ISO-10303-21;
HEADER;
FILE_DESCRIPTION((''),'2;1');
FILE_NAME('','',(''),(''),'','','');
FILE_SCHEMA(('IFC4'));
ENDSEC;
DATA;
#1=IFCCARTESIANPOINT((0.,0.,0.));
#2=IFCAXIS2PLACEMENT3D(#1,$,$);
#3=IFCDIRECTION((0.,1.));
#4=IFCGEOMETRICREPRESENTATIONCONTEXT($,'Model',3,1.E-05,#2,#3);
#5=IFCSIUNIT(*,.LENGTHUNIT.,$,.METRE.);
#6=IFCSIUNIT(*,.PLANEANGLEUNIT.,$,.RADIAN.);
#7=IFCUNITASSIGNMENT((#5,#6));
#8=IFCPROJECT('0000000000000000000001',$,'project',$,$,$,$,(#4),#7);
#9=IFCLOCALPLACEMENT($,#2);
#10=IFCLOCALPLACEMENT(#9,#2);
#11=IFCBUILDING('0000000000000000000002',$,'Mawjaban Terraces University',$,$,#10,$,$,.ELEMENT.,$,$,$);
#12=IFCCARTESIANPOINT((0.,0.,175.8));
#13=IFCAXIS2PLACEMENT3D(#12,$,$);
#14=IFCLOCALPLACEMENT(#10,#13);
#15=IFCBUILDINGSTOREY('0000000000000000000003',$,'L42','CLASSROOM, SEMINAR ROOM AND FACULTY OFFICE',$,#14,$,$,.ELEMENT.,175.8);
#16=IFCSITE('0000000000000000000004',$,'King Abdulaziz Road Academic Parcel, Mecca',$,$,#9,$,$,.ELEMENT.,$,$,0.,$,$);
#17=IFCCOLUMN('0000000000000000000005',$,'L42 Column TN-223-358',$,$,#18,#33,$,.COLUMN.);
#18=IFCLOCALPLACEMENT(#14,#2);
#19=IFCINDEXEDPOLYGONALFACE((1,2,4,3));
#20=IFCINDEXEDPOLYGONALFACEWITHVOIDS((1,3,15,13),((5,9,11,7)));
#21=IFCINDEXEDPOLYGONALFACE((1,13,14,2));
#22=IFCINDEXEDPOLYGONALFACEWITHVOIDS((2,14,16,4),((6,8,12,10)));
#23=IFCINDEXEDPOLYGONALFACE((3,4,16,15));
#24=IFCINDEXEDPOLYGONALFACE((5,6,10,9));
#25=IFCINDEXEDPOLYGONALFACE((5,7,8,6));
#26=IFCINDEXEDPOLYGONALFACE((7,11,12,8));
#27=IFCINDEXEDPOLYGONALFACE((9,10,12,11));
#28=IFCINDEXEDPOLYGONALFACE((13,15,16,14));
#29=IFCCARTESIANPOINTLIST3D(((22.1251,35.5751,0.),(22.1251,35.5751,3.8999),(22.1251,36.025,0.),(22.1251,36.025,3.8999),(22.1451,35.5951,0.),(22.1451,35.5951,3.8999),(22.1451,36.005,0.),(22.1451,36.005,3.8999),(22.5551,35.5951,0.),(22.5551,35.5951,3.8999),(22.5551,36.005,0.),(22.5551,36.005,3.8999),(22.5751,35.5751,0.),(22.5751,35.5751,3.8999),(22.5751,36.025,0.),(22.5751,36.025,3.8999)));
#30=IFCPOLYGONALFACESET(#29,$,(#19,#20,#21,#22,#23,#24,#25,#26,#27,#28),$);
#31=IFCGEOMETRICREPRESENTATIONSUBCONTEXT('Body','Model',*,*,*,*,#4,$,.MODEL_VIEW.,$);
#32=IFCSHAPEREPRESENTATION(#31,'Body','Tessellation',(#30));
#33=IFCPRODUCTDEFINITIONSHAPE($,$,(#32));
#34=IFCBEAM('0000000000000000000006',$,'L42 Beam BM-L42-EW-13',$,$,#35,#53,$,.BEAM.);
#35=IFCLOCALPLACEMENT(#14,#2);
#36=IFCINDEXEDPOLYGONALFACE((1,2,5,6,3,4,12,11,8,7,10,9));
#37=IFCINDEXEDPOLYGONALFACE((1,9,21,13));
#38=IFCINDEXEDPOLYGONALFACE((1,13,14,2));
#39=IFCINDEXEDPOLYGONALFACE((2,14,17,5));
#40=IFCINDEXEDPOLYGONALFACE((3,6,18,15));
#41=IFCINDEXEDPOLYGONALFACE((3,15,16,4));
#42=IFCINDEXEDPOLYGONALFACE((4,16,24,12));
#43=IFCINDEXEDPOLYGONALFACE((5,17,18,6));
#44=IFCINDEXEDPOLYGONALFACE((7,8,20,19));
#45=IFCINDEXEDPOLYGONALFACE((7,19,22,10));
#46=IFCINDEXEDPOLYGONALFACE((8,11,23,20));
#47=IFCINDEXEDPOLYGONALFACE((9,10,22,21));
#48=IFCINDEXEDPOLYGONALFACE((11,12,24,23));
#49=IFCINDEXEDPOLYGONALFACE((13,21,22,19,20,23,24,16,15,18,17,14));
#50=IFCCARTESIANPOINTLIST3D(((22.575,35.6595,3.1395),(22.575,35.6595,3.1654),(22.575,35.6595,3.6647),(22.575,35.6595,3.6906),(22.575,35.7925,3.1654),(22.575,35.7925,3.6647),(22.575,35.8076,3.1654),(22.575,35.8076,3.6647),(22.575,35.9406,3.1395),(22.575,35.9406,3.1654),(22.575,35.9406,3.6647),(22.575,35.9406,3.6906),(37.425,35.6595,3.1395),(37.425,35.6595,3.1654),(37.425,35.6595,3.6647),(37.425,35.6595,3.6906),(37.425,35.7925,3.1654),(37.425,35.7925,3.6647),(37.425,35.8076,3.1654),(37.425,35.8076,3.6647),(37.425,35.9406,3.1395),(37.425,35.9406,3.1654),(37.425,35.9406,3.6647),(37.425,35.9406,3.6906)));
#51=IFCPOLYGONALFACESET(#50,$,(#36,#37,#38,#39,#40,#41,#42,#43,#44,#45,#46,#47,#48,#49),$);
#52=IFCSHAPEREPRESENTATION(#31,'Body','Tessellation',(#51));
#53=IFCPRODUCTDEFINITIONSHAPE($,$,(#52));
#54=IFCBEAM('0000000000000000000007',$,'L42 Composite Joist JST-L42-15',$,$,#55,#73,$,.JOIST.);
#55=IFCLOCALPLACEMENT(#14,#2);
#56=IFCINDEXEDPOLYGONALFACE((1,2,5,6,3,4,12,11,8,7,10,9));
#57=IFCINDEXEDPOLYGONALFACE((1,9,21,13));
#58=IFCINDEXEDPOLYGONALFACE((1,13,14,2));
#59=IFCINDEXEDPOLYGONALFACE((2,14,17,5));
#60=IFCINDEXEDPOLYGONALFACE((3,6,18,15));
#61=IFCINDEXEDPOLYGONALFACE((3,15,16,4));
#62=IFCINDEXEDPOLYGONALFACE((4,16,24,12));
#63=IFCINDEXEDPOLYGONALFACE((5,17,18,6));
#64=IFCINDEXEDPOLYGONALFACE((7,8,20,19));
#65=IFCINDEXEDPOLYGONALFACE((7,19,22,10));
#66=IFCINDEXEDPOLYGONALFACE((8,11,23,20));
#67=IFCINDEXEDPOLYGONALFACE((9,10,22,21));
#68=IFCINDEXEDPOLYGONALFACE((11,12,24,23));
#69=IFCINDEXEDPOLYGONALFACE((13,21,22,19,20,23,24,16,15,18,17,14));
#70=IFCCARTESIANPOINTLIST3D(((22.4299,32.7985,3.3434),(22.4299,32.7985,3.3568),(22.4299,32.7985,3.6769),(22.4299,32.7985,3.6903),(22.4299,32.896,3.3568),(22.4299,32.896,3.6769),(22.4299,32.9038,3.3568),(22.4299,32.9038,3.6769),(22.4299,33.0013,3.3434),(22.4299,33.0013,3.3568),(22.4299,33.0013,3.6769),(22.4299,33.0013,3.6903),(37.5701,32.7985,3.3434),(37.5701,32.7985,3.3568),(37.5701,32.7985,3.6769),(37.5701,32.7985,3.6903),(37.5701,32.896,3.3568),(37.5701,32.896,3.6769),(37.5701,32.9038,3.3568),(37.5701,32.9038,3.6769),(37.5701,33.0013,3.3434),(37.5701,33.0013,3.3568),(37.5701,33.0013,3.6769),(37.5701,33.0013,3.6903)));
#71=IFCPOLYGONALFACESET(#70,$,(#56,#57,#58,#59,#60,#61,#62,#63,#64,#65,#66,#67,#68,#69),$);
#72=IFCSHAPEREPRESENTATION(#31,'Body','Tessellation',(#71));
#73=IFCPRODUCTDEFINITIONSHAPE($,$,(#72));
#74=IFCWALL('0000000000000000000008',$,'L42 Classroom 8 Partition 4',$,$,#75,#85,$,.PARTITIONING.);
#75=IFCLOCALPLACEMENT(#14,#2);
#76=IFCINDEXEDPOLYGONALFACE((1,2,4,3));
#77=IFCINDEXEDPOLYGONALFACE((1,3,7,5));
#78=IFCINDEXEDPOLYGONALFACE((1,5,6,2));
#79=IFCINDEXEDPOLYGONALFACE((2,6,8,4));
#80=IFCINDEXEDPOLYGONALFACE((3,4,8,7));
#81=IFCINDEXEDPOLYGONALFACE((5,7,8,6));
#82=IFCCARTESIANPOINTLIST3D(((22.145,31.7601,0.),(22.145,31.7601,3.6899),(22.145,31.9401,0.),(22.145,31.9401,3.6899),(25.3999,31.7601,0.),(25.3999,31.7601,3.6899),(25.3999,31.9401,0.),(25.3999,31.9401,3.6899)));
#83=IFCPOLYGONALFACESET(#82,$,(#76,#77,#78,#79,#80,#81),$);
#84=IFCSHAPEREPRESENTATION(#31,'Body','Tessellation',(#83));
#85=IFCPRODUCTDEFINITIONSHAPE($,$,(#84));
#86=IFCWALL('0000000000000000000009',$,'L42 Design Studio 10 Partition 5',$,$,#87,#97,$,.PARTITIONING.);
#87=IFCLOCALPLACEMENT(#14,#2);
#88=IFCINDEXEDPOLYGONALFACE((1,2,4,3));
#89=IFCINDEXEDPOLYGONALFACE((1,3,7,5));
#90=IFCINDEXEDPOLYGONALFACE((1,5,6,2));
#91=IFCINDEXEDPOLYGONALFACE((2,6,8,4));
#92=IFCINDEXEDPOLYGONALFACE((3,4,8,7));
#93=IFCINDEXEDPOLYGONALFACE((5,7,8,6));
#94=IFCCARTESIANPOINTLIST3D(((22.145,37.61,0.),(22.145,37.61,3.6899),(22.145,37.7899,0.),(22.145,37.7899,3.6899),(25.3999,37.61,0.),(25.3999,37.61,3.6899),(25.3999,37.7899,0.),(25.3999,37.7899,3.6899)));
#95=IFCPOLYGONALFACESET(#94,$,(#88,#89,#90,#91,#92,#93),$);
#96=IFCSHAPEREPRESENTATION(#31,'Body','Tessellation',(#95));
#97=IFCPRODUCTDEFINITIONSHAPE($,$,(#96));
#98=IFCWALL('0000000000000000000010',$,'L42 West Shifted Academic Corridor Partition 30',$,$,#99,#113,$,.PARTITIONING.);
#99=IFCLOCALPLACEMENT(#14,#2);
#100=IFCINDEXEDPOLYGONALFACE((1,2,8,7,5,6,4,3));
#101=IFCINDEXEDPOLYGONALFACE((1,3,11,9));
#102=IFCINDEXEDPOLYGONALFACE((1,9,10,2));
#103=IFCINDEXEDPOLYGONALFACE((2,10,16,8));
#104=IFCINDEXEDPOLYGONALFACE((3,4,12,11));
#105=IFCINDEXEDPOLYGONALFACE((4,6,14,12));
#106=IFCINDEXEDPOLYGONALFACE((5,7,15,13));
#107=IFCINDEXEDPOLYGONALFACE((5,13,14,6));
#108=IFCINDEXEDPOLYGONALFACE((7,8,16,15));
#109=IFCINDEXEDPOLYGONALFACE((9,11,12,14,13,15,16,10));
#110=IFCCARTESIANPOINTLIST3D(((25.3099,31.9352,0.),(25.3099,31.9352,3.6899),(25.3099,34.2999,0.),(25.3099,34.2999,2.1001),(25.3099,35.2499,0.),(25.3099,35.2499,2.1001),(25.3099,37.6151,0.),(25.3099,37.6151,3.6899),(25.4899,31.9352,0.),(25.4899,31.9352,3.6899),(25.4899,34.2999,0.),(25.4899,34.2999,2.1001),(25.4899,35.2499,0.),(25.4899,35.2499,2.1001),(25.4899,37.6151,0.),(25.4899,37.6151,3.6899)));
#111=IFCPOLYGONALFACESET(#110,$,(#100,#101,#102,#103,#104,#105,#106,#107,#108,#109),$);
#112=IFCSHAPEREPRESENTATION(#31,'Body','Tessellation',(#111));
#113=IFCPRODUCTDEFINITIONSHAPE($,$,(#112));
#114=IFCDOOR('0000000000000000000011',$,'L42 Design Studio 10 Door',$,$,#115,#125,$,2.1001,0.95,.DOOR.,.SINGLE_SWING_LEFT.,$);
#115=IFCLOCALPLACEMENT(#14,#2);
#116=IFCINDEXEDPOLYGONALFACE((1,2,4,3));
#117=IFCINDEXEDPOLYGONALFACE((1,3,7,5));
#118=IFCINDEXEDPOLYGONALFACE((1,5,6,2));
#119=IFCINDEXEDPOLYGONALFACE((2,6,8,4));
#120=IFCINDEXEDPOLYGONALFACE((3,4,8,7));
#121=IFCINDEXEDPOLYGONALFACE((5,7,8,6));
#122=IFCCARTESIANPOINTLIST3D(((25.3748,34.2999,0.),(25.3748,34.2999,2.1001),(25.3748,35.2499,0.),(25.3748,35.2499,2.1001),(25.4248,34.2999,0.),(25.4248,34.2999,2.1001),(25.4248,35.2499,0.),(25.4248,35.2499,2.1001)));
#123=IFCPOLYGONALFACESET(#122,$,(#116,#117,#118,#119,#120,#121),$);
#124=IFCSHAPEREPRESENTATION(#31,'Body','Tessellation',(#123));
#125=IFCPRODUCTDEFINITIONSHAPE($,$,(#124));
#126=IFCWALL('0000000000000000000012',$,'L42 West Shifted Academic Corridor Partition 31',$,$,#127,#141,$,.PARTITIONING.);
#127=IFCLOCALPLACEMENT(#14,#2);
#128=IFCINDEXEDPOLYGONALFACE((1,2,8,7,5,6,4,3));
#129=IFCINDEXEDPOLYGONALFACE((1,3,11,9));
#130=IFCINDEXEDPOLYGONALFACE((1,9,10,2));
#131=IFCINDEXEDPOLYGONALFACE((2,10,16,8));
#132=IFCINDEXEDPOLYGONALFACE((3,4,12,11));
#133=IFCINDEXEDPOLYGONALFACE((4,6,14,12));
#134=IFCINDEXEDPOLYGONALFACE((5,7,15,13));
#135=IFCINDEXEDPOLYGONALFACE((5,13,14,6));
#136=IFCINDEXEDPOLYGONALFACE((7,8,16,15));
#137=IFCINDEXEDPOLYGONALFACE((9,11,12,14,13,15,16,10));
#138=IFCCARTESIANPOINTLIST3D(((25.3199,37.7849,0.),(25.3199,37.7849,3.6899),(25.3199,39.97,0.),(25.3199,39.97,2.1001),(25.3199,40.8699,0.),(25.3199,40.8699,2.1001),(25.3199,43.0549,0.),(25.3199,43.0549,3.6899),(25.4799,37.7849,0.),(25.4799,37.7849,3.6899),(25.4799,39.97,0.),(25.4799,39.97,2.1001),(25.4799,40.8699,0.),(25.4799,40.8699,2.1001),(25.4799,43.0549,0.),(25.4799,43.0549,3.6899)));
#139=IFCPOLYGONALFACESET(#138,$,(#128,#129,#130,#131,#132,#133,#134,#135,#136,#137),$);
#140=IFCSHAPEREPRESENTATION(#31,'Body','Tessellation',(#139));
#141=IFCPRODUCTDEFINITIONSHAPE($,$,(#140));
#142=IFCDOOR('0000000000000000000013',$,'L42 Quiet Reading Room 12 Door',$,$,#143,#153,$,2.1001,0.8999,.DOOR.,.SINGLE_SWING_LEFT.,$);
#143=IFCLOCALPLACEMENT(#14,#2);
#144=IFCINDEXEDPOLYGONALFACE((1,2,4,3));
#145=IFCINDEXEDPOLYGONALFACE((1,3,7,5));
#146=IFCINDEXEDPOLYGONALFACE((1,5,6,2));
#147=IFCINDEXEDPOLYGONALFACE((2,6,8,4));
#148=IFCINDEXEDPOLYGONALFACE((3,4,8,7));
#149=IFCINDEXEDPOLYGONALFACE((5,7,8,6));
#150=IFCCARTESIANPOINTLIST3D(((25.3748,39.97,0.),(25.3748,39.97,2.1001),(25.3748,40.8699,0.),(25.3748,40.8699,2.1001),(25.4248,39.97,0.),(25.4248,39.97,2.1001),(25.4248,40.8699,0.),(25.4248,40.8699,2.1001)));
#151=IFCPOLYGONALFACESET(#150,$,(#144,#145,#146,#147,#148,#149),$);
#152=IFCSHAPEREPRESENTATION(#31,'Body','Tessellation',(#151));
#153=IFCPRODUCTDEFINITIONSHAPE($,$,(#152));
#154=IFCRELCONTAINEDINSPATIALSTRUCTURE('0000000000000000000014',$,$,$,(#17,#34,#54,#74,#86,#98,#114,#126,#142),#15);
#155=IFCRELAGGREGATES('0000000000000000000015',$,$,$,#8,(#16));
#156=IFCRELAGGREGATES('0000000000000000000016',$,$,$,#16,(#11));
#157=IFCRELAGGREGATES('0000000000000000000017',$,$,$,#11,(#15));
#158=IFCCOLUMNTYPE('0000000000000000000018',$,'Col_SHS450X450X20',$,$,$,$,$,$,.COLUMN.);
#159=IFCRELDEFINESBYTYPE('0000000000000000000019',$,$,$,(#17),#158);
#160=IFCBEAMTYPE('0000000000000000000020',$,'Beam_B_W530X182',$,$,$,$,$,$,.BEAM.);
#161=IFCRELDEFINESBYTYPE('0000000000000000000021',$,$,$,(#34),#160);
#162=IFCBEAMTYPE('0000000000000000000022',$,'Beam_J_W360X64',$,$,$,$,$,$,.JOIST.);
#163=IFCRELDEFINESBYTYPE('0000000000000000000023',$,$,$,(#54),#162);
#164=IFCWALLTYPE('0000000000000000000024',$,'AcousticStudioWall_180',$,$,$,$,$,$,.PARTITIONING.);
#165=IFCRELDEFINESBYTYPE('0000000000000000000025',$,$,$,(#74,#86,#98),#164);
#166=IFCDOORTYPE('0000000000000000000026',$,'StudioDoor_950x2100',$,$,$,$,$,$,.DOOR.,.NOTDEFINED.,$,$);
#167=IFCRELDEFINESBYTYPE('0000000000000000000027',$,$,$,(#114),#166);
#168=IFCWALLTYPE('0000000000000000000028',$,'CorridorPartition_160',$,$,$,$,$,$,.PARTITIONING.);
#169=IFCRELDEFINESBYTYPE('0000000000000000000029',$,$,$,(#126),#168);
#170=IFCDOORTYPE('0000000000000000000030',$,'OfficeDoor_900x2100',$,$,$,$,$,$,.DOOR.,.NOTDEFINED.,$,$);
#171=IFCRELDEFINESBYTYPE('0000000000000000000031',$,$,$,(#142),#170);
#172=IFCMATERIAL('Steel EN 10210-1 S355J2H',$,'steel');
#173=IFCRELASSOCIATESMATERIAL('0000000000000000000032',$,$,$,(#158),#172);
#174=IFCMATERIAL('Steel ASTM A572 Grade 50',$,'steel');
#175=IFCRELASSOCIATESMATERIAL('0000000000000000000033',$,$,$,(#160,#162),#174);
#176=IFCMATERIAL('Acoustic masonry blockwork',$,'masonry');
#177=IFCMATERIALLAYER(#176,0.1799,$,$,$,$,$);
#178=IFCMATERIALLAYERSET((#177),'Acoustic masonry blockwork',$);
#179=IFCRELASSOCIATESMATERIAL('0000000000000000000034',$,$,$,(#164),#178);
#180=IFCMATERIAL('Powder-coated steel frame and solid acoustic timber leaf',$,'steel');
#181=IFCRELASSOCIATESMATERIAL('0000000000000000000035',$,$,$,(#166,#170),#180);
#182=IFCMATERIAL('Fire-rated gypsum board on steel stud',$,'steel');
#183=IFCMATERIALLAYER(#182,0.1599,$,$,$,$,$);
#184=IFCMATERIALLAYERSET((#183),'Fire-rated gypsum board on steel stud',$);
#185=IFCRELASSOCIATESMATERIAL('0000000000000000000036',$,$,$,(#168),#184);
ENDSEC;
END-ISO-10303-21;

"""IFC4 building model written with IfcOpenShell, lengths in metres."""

from ifc_helpers import new_model, si_unit, direction, frame, frame_2d, origin, origin_2d, place, context, subcontext, project, spatial, rectangle, hollow_rectangle, i_section, extrude, material, layer, layer_set, material_profile, profile_set, type_object, element, fill, save


model = new_model("IFC4")

# Units and contexts
model_context = context("Model", 3, precision=1e-05, world=origin(), true_north=direction((0.0, 1.0)))
body_context = subcontext(model_context, "Body", "Model", "MODEL_VIEW")
ifc_project = project(units=[si_unit("LENGTHUNIT", "METRE"), si_unit("PLANEANGLEUNIT", "RADIAN")], contexts=[model_context])

# Site, building, storey
site_placement = place(None, origin())
site = spatial("IfcSite", under=ifc_project, at=site_placement, Name="King Abdulaziz Road Academic Parcel, Mecca", CompositionType="ELEMENT", RefElevation=0.0)
building_placement = place(site_placement, origin())
building = spatial("IfcBuilding", under=site, at=building_placement, Name="Mawjaban Terraces University", CompositionType="ELEMENT")
storey_placement = place(building_placement, frame((0.0, 0.0, 175.8)))
storey = spatial("IfcBuildingStorey", under=building, at=storey_placement, Name="L42", Description="CLASSROOM, SEMINAR ROOM AND FACULTY OFFICE", CompositionType="ELEMENT", Elevation=175.8)

# Column
ifc_material_1 = material(Name="Steel EN 10210-1 S355J2H", Category="steel")
ifc_material_profile_1 = material_profile(ifc_material_1, hollow_rectangle(XDim=0.45, YDim=0.45, WallThickness=0.02, at=origin_2d()), Name="SHS450X450X20")
ifc_profile_set_1 = profile_set([ifc_material_profile_1], Name="Steel EN 10210-1 S355J2H")
column_type = type_object("IfcColumnType", Name="Col_SHS450X450X20", PredefinedType="COLUMN", material=ifc_profile_set_1)
column_placement = place(storey_placement, frame((22.3501, 35.8, 0.0), z_axis=(0.0, 0.0, 1.0), x_axis=(1.0, 0.0, 0.0)))
element("IfcColumn", 1, at=column_placement, inside=storey, type_object=column_type, Name="L42 Column TN-223-358", PredefinedType="COLUMN", context=body_context, shape_type="SweptSolid", body=[
    extrude(hollow_rectangle(XDim=0.45, YDim=0.45, WallThickness=0.02, at=origin_2d()), origin(), (0.0, 0.0, 1.0), 3.8999),
])

# Beams
ifc_material_2 = material(Name="Steel ASTM A572 Grade 50", Category="steel")
ifc_material_profile_2 = material_profile(ifc_material_2, i_section(OverallWidth=0.281, OverallDepth=0.551, WebThickness=0.0151, FlangeThickness=0.0259, at=origin_2d()), Name="W530X182")
ifc_profile_set_2 = profile_set([ifc_material_profile_2], Name="Steel ASTM A572 Grade 50")
beam_type_1 = type_object("IfcBeamType", Name="Beam_B_W530X182", PredefinedType="BEAM", material=ifc_profile_set_2)
beam_1_placement = place(storey_placement, frame((22.575, 35.8, 3.415), z_axis=(1.0, 0.0, 0.0), x_axis=(0.0, 1.0, 0.0)))
element("IfcBeam", 2, at=beam_1_placement, inside=storey, type_object=beam_type_1, Name="L42 Beam BM-L42-EW-13", PredefinedType="BEAM", context=body_context, shape_type="SweptSolid", body=[
    extrude(i_section(OverallWidth=0.281, OverallDepth=0.551, WebThickness=0.0151, FlangeThickness=0.0259, at=origin_2d()), origin(), (0.0, 0.0, 1.0), 14.8501),
])
ifc_material_profile_3 = material_profile(ifc_material_2, i_section(OverallWidth=0.2029, OverallDepth=0.3469, WebThickness=0.0078, FlangeThickness=0.0134, at=origin_2d()), Name="W360X64")
ifc_profile_set_3 = profile_set([ifc_material_profile_3], Name="Steel ASTM A572 Grade 50")
beam_type_2 = type_object("IfcBeamType", Name="Beam_J_W360X64", PredefinedType="JOIST", material=ifc_profile_set_3)
beam_2_placement = place(storey_placement, frame((22.4299, 32.8999, 3.5168), z_axis=(1.0, 0.0, 0.0), x_axis=(0.0, 1.0, 0.0)))
element("IfcBeam", 3, at=beam_2_placement, inside=storey, type_object=beam_type_2, Name="L42 Composite Joist JST-L42-15", PredefinedType="JOIST", context=body_context, shape_type="SweptSolid", body=[
    extrude(i_section(OverallWidth=0.2029, OverallDepth=0.3469, WebThickness=0.0078, FlangeThickness=0.0134, at=origin_2d()), origin(), (0.0, 0.0, 1.0), 15.1401),
])

# Walls
ifc_material_3 = material(Name="Acoustic masonry blockwork", Category="masonry")
ifc_layer_1 = layer(ifc_material_3, 0.1799)
ifc_layer_set_1 = layer_set([ifc_layer_1], Name="Acoustic masonry blockwork")
wall_type_1 = type_object("IfcWallType", Name="AcousticStudioWall_180", PredefinedType="PARTITIONING", material=ifc_layer_set_1)
for number, where, z_axis, x_axis, name in (
    (4, (25.3999, 31.8501, 0.0), (0.0, 0.0, 1.0), (-1.0, 0.0, 0.0), "L42 Classroom 8 Partition 4"),
    (5, (25.3999, 37.7, 0.0), (0.0, 0.0, 1.0), (-1.0, 0.0, 0.0), "L42 Design Studio 10 Partition 5"),
):
    element("IfcWall", number, at=place(storey_placement, frame(where, z_axis=z_axis, x_axis=x_axis)), inside=storey, type_object=wall_type_1, Name=name, PredefinedType="PARTITIONING", context=body_context, shape_type="SweptSolid", body=[
        extrude(rectangle(XDim=3.2549, YDim=0.1799, at=frame_2d((1.6274, 0.0))), origin(), (0.0, 0.0, 1.0), 3.6899),
    ])

# Walls, openings, doors
wall_1_placement = place(storey_placement, frame((25.3999, 37.615, 0.0), z_axis=(0.0, 0.0, 1.0), x_axis=(0.0, -1.0, 0.0)))
wall_1 = element("IfcWall", 6, at=wall_1_placement, inside=storey, type_object=wall_type_1, Name="L42 West Shifted Academic Corridor Partition 30", PredefinedType="PARTITIONING", context=body_context, shape_type="SweptSolid", body=[
    extrude(rectangle(XDim=5.6799, YDim=0.1799, at=frame_2d((2.8398, 0.0))), origin(), (0.0, 0.0, 1.0), 3.6899),
])
opening_1_placement = place(wall_1_placement, frame((2.365, 0.0, 0.0)))
opening_1 = element("IfcOpeningElement", 7, at=opening_1_placement, cuts=wall_1, PredefinedType="OPENING", context=body_context, shape_type="SweptSolid", body=[
    extrude(rectangle(XDim=0.95, YDim=2.1001, at=frame_2d((0.4751, 1.05))), frame((0.0, 0.0999, 0.0), z_axis=(0.0, -1.0, 0.0), x_axis=(1.0, 0.0, 0.0)), (0.0, 0.0, 1.0), 0.2),
])
ifc_material_4 = material(Name="Powder-coated steel frame and solid acoustic timber leaf", Category="steel")
door_type_1 = type_object("IfcDoorType", Name="StudioDoor_950x2100", OperationType="NOTDEFINED", PredefinedType="DOOR", material=ifc_material_4)
door_1_placement = place(opening_1_placement, origin())
door_1 = element("IfcDoor", 8, at=door_1_placement, inside=storey, type_object=door_type_1, Name="L42 Design Studio 10 Door", OperationType="SINGLE_SWING_LEFT", OverallHeight=2.1001, OverallWidth=0.95, PredefinedType="DOOR", context=body_context, shape_type="SweptSolid", body=[
    extrude(rectangle(XDim=0.95, YDim=2.1001, at=frame_2d((0.4751, 1.05))), frame((0.0, 0.0249, 0.0), z_axis=(0.0, -1.0, 0.0), x_axis=(1.0, 0.0, 0.0)), (0.0, 0.0, 1.0), 0.05),
])
fill(opening_1, door_1)
ifc_material_5 = material(Name="Fire-rated gypsum board on steel stud", Category="steel")
ifc_layer_2 = layer(ifc_material_5, 0.1599)
ifc_layer_set_2 = layer_set([ifc_layer_2], Name="Fire-rated gypsum board on steel stud")
wall_type_2 = type_object("IfcWallType", Name="CorridorPartition_160", PredefinedType="PARTITIONING", material=ifc_layer_set_2)
wall_2_placement = place(storey_placement, frame((25.3999, 43.0549, 0.0), z_axis=(0.0, 0.0, 1.0), x_axis=(0.0, -1.0, 0.0)))
wall_2 = element("IfcWall", 9, at=wall_2_placement, inside=storey, type_object=wall_type_2, Name="L42 West Shifted Academic Corridor Partition 31", PredefinedType="PARTITIONING", context=body_context, shape_type="SweptSolid", body=[
    extrude(rectangle(XDim=5.27, YDim=0.1599, at=frame_2d((2.635, 0.0))), origin(), (0.0, 0.0, 1.0), 3.6899),
])
opening_2_placement = place(wall_2_placement, frame((2.1851, 0.0, 0.0)))
opening_2 = element("IfcOpeningElement", 10, at=opening_2_placement, cuts=wall_2, PredefinedType="OPENING", context=body_context, shape_type="SweptSolid", body=[
    extrude(rectangle(XDim=0.8999, YDim=2.1001, at=frame_2d((0.45, 1.05))), frame((0.0, 0.0898, 0.0), z_axis=(0.0, -1.0, 0.0), x_axis=(1.0, 0.0, 0.0)), (0.0, 0.0, 1.0), 0.1799),
])
door_type_2 = type_object("IfcDoorType", Name="OfficeDoor_900x2100", OperationType="NOTDEFINED", PredefinedType="DOOR", material=ifc_material_4)
door_2_placement = place(opening_2_placement, origin())
door_2 = element("IfcDoor", 11, at=door_2_placement, inside=storey, type_object=door_type_2, Name="L42 Quiet Reading Room 12 Door", OperationType="SINGLE_SWING_LEFT", OverallHeight=2.1001, OverallWidth=0.8999, PredefinedType="DOOR", context=body_context, shape_type="SweptSolid", body=[
    extrude(rectangle(XDim=0.8999, YDim=2.1001, at=frame_2d((0.45, 1.05))), frame((0.0, 0.0249, 0.0), z_axis=(0.0, -1.0, 0.0), x_axis=(1.0, 0.0, 0.0)), (0.0, 0.0, 1.0), 0.05),
])
fill(opening_2, door_2)

save(model, "model.ifc")
